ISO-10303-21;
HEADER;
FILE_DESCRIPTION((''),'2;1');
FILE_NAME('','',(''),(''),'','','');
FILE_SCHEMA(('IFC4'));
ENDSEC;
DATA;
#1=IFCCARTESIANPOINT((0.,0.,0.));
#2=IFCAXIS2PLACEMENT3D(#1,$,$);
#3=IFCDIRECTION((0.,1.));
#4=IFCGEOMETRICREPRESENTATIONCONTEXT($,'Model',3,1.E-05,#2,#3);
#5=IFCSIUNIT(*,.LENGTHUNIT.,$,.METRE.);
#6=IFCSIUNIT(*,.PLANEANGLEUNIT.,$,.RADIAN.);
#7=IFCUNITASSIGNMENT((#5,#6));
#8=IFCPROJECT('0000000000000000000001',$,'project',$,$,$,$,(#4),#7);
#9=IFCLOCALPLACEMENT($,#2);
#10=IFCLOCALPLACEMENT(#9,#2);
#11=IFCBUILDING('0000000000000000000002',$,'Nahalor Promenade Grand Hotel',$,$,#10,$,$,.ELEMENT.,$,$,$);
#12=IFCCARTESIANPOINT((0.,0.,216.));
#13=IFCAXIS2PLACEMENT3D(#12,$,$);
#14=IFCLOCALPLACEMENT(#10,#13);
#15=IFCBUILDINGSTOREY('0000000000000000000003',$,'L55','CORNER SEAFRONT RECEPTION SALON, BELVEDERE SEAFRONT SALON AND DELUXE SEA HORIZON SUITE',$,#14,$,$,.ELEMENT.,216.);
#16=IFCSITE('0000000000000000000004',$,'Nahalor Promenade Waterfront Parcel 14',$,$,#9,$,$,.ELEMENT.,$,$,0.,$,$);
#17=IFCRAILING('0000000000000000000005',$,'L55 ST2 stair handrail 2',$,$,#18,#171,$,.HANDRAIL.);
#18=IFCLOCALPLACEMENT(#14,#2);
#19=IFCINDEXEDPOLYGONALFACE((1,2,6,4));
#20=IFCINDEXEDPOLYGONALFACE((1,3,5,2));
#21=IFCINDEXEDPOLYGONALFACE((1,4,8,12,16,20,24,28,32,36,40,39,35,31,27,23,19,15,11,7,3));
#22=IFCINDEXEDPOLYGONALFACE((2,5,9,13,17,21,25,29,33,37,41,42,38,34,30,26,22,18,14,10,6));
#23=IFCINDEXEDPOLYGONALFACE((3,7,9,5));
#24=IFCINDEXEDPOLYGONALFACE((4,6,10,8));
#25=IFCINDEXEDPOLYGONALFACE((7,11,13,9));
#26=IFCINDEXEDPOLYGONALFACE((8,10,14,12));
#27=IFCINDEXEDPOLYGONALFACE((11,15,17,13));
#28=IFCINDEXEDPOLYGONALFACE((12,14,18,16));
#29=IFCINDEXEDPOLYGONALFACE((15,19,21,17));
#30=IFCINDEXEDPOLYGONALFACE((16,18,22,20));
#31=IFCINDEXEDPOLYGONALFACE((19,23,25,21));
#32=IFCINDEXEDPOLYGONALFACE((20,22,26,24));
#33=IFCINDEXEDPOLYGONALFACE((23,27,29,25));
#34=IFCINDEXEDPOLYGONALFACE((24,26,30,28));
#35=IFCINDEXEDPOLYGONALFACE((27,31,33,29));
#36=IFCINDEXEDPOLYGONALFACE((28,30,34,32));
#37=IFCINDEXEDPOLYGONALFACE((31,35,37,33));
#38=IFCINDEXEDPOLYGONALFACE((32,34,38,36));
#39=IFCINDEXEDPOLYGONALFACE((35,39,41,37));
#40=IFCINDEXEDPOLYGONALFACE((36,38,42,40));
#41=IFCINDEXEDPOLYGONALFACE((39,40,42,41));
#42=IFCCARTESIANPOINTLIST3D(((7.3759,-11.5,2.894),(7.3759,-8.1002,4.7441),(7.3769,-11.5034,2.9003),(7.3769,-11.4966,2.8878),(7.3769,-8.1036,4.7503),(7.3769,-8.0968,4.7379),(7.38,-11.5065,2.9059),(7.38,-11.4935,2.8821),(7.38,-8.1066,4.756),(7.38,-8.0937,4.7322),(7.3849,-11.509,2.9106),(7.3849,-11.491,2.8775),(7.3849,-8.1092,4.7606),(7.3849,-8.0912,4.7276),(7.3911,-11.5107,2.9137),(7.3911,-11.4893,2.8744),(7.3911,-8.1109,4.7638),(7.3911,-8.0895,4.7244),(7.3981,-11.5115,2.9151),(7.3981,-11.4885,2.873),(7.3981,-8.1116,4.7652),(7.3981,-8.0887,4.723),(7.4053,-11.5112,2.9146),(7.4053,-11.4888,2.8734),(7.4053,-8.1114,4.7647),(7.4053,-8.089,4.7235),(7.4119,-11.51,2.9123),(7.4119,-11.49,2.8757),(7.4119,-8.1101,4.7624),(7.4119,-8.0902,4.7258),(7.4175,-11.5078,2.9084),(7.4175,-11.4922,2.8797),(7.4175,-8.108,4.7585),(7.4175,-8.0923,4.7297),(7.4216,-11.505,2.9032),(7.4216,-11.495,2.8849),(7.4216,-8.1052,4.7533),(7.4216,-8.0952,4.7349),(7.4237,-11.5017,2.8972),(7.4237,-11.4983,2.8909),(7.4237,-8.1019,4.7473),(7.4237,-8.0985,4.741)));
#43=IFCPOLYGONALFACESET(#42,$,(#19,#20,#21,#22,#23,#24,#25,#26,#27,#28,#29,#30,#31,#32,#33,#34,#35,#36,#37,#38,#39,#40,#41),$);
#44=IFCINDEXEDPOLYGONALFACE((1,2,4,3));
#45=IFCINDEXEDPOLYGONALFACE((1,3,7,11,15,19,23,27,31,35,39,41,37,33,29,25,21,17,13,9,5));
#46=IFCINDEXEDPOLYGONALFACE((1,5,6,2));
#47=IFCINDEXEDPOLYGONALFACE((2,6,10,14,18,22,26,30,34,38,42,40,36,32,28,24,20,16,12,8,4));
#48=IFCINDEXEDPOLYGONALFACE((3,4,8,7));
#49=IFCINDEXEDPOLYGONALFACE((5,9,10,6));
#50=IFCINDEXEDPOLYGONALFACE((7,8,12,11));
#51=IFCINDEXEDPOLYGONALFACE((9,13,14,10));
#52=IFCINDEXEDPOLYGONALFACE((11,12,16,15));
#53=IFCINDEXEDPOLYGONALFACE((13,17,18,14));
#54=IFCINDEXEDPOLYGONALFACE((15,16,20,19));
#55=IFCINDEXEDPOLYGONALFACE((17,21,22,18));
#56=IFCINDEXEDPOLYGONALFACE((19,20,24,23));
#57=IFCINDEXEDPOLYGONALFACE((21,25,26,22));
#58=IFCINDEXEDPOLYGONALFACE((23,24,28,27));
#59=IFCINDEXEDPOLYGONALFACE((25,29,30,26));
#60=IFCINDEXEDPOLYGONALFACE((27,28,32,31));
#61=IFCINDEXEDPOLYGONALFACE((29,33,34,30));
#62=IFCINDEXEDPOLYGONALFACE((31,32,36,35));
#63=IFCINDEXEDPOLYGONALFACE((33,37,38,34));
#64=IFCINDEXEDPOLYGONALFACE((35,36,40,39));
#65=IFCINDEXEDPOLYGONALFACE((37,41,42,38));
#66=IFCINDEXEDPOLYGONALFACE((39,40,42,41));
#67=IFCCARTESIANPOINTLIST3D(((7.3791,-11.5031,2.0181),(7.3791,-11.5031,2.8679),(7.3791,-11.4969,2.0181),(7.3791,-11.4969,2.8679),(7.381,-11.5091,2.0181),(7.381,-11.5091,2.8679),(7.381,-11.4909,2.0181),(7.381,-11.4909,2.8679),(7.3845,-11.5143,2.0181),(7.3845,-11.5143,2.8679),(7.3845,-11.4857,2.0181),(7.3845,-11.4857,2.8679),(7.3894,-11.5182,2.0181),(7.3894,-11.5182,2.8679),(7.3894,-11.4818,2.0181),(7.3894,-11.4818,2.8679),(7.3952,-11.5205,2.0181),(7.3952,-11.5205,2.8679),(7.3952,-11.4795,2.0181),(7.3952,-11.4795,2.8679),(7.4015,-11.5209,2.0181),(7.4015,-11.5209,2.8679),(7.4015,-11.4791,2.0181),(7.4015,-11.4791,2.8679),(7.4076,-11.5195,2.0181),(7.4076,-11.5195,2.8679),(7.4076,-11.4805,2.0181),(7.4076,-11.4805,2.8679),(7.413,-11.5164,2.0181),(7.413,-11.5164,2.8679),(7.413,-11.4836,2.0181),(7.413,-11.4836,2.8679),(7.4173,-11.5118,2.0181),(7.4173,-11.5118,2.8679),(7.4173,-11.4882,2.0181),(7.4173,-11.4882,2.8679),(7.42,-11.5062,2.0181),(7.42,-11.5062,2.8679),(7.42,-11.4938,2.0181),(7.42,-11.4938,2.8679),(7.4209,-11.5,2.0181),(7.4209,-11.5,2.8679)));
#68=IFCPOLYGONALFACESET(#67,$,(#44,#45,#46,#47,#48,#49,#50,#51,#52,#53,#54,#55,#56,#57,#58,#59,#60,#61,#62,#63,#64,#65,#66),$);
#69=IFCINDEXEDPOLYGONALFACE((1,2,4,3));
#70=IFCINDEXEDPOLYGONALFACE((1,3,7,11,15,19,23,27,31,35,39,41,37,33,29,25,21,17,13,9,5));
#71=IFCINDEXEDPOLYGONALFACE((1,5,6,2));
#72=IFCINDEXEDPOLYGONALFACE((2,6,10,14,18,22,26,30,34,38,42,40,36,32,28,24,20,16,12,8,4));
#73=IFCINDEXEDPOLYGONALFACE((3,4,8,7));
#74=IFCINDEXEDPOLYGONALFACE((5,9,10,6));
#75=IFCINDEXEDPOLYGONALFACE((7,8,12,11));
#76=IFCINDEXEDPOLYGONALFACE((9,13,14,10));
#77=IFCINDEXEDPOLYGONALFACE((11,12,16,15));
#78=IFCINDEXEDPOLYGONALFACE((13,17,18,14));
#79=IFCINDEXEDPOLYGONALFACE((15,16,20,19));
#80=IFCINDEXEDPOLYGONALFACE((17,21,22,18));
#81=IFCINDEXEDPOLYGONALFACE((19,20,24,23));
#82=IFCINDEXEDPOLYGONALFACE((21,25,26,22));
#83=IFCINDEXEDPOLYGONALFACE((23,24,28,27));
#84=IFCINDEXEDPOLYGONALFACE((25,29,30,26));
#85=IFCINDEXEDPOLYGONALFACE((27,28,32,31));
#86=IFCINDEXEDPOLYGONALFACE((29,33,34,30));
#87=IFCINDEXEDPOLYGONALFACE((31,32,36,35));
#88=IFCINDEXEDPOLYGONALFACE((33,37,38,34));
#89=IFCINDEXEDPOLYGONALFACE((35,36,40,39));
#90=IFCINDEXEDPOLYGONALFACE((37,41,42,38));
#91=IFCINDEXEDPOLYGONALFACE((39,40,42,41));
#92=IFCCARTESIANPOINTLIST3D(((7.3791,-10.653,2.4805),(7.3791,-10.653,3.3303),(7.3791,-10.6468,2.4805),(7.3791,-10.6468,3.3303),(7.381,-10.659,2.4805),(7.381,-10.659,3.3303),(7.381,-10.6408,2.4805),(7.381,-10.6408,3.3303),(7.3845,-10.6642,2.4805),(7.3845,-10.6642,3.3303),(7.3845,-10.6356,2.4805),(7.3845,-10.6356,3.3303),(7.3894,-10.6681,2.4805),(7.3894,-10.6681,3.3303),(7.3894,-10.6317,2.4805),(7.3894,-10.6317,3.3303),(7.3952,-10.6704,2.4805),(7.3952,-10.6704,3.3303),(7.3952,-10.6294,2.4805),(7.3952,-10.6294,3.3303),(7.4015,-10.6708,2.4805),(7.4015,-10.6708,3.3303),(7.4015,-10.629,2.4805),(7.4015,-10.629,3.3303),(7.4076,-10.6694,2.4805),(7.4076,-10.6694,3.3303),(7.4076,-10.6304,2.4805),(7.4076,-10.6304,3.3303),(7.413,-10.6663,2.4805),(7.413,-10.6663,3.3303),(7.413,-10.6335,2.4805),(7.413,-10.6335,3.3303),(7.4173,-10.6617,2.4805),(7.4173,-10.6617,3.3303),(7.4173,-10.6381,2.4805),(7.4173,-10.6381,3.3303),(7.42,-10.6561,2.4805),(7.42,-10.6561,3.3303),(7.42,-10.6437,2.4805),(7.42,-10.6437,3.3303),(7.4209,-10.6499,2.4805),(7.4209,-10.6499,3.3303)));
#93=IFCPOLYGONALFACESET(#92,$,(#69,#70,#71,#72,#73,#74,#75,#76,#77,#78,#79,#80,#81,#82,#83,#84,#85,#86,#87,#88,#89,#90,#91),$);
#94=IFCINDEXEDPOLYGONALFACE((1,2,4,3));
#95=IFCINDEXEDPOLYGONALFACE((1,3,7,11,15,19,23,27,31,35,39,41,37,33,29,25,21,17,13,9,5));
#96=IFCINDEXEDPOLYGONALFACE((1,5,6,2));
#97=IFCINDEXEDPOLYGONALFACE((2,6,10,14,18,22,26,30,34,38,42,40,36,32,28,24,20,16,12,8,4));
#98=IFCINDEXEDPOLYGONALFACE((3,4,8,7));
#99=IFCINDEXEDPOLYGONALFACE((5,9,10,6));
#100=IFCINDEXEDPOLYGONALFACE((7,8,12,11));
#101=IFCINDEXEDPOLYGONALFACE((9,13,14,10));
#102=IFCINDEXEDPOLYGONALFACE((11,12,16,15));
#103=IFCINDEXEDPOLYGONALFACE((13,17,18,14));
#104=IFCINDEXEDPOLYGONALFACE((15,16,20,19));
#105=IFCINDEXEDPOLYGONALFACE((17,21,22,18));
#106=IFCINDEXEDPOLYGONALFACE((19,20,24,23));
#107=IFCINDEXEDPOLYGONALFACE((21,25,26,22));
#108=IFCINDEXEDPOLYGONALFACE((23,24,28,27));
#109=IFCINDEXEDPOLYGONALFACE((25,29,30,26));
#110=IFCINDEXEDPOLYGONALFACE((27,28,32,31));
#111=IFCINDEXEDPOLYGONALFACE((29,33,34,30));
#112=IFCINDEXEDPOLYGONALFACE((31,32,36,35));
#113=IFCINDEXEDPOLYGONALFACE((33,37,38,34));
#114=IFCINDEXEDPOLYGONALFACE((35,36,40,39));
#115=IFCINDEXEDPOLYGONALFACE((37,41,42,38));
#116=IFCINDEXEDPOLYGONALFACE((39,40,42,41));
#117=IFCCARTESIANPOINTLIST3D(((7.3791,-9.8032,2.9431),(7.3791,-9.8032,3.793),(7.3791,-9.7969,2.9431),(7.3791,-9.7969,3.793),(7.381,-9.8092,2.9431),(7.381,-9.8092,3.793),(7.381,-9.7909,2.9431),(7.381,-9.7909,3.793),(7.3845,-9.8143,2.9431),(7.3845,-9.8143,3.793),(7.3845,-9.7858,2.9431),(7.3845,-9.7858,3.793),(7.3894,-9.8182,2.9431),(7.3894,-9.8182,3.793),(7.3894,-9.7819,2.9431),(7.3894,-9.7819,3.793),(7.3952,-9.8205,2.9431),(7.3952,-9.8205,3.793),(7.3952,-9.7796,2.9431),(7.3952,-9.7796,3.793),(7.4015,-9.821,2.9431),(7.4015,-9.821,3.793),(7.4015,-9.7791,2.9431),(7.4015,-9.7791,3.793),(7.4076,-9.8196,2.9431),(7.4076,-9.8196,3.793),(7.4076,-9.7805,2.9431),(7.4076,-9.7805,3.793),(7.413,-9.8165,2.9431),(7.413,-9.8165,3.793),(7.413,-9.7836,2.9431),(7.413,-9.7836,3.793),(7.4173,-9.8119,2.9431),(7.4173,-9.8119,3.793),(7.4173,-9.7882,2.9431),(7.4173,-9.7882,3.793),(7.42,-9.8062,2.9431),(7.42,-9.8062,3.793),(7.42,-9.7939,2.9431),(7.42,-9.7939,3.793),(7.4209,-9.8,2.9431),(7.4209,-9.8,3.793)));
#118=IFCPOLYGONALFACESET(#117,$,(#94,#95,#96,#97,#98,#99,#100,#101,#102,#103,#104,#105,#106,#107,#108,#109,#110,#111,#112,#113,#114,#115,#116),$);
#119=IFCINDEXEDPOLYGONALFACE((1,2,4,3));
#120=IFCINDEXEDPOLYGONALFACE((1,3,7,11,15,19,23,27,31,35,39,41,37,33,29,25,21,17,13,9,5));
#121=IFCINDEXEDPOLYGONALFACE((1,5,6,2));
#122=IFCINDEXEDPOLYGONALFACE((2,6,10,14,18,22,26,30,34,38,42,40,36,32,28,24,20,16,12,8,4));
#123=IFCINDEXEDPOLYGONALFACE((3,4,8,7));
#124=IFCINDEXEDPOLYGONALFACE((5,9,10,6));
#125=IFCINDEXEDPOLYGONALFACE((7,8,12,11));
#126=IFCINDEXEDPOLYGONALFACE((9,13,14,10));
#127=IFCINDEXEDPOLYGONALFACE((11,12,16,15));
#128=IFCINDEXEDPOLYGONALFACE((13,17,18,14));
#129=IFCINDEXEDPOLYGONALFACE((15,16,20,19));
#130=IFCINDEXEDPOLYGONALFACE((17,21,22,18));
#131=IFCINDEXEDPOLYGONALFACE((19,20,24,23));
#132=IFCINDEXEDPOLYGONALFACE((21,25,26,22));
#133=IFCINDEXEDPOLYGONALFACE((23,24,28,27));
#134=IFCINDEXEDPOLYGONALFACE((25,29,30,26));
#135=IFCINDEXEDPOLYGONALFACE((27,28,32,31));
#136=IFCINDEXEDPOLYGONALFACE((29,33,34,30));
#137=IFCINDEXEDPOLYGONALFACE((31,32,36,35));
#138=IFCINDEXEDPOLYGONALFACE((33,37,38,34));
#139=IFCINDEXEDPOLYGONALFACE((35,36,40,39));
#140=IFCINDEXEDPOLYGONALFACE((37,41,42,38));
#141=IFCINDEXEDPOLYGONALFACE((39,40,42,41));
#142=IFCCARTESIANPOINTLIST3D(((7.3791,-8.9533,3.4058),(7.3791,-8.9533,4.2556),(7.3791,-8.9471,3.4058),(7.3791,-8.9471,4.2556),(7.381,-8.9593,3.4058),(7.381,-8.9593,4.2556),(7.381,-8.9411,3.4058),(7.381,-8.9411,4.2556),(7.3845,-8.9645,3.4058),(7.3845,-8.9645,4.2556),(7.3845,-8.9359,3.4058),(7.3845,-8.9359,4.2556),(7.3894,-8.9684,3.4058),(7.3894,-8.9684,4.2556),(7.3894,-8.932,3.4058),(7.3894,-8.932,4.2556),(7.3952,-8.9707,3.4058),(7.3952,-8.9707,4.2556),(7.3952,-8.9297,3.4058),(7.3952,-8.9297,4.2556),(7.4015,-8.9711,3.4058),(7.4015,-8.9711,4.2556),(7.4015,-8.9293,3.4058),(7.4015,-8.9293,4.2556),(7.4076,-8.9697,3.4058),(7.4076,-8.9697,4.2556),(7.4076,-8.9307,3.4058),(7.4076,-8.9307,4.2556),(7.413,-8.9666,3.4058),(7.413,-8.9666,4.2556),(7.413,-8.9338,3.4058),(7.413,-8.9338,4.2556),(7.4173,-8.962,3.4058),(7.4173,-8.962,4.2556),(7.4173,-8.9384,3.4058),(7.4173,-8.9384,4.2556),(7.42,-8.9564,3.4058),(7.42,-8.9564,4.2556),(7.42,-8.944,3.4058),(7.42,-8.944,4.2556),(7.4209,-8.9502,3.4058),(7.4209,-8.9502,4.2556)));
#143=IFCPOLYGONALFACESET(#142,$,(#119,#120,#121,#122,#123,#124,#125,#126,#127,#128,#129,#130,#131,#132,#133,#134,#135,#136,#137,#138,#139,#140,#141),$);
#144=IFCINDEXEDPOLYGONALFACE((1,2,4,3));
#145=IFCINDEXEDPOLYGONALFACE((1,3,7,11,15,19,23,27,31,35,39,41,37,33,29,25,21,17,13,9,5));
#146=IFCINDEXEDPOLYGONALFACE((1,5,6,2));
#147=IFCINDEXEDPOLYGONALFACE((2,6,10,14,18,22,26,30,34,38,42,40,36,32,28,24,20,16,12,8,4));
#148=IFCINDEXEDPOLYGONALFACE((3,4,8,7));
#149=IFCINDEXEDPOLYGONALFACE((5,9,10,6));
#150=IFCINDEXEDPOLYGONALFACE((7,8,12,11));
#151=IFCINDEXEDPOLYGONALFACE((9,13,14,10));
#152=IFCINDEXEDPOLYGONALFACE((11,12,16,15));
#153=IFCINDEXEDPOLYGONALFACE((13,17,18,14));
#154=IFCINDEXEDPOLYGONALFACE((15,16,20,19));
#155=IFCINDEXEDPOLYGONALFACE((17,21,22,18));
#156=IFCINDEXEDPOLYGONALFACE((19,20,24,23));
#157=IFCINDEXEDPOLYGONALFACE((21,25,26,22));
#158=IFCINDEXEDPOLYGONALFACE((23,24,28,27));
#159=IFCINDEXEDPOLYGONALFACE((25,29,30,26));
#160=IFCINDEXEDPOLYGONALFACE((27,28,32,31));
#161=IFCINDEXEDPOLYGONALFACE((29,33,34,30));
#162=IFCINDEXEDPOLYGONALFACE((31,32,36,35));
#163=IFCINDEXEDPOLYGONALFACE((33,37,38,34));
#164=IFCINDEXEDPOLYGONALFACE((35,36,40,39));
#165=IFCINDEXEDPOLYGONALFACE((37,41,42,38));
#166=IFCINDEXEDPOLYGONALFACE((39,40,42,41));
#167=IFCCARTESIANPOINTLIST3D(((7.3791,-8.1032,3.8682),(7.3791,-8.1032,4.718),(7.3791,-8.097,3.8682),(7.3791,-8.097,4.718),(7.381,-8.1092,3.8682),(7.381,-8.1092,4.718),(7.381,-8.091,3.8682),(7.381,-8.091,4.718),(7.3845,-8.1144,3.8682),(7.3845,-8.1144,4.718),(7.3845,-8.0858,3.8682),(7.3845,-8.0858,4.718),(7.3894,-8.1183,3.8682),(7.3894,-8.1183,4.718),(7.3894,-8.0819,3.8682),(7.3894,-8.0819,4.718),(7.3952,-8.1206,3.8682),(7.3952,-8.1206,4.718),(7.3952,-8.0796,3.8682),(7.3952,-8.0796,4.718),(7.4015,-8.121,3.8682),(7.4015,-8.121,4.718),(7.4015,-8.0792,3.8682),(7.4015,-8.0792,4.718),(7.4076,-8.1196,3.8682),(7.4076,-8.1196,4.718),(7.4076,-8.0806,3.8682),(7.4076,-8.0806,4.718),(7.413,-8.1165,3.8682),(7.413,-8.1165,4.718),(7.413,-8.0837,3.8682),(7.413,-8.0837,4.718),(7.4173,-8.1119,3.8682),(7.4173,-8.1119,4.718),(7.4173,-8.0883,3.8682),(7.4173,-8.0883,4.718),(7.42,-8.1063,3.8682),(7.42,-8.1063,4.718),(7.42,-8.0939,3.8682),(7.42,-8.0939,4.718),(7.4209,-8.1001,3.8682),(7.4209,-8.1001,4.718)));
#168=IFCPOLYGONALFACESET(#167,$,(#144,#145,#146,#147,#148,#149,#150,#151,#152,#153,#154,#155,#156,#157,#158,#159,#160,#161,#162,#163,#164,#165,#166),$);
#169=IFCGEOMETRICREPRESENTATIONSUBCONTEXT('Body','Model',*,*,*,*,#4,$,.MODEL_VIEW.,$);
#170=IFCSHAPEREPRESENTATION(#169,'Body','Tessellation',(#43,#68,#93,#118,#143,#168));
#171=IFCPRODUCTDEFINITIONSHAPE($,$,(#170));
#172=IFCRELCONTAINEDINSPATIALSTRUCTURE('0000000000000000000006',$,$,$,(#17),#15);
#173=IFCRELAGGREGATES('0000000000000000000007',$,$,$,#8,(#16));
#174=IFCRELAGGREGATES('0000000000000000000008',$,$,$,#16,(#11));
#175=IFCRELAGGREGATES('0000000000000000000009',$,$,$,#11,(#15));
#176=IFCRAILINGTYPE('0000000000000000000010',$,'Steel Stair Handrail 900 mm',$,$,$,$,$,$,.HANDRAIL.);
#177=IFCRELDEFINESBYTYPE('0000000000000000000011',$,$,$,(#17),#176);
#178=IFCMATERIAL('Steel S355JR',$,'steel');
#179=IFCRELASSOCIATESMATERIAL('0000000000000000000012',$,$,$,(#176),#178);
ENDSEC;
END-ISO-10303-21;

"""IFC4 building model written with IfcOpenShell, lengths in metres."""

from ifc_helpers import new_model, si_unit, direction, frame, origin, origin_2d, place, context, subcontext, project, spatial, circle, extrude, material, type_object, element, save


model = new_model("IFC4")

# Units and contexts
model_context = context("Model", 3, precision=1e-05, world=origin(), true_north=direction((0.0, 1.0)))
body_context = subcontext(model_context, "Body", "Model", "MODEL_VIEW")
ifc_project = project(units=[si_unit("LENGTHUNIT", "METRE"), si_unit("PLANEANGLEUNIT", "RADIAN")], contexts=[model_context])

# Site, building, storey
site_placement = place(None, origin())
site = spatial("IfcSite", under=ifc_project, at=site_placement, Name="Nahalor Promenade Waterfront Parcel 14", CompositionType="ELEMENT", RefElevation=0.0)
building_placement = place(site_placement, origin())
building = spatial("IfcBuilding", under=site, at=building_placement, Name="Nahalor Promenade Grand Hotel", CompositionType="ELEMENT")
storey_placement = place(building_placement, frame((0.0, 0.0, 216.0)))
storey = spatial("IfcBuildingStorey", under=building, at=storey_placement, Name="L55", Description="CORNER SEAFRONT RECEPTION SALON, BELVEDERE SEAFRONT SALON AND DELUXE SEA HORIZON SUITE", CompositionType="ELEMENT", Elevation=216.0)

# Shared definitions
ifc_material_1 = material(Name="Steel S355JR", Category="steel")

# Railing
railing_type_1 = type_object("IfcRailingType", Name="Steel Stair Handrail 900 mm", PredefinedType="HANDRAIL", material=ifc_material_1)
railing_1_placement = place(storey_placement, frame((7.3999, -11.5, 2.0181)))
element("IfcRailing", 1, at=railing_1_placement, inside=storey, type_object=railing_type_1, Name="L55 ST2 stair handrail 2", PredefinedType="HANDRAIL", context=body_context, shape_type="SweptSolid", body=[
    extrude(circle(Radius=0.024, at=origin_2d()), frame((0.0, 0.0, 0.876), z_axis=(0.0, 0.878372, 0.477977), x_axis=(-1.0, 0.0, 0.0)), (0.0, 0.0, 1.0), 3.8706),
    extrude(circle(Radius=0.021, at=origin_2d()), origin(), (0.0, 0.0, 1.0), 0.8499),
    extrude(circle(Radius=0.021, at=origin_2d()), frame((0.0, 0.8501, 0.4624)), (0.0, 0.0, 1.0), 0.8499),
    extrude(circle(Radius=0.021, at=origin_2d()), frame((0.0, 1.7, 0.925)), (0.0, 0.0, 1.0), 0.8499),
    extrude(circle(Radius=0.021, at=origin_2d()), frame((0.0, 2.5498, 1.3877)), (0.0, 0.0, 1.0), 0.8499),
    extrude(circle(Radius=0.021, at=origin_2d()), frame((0.0, 3.3999, 1.8501)), (0.0, 0.0, 1.0), 0.8499),
])

save(model, "model.ifc")
